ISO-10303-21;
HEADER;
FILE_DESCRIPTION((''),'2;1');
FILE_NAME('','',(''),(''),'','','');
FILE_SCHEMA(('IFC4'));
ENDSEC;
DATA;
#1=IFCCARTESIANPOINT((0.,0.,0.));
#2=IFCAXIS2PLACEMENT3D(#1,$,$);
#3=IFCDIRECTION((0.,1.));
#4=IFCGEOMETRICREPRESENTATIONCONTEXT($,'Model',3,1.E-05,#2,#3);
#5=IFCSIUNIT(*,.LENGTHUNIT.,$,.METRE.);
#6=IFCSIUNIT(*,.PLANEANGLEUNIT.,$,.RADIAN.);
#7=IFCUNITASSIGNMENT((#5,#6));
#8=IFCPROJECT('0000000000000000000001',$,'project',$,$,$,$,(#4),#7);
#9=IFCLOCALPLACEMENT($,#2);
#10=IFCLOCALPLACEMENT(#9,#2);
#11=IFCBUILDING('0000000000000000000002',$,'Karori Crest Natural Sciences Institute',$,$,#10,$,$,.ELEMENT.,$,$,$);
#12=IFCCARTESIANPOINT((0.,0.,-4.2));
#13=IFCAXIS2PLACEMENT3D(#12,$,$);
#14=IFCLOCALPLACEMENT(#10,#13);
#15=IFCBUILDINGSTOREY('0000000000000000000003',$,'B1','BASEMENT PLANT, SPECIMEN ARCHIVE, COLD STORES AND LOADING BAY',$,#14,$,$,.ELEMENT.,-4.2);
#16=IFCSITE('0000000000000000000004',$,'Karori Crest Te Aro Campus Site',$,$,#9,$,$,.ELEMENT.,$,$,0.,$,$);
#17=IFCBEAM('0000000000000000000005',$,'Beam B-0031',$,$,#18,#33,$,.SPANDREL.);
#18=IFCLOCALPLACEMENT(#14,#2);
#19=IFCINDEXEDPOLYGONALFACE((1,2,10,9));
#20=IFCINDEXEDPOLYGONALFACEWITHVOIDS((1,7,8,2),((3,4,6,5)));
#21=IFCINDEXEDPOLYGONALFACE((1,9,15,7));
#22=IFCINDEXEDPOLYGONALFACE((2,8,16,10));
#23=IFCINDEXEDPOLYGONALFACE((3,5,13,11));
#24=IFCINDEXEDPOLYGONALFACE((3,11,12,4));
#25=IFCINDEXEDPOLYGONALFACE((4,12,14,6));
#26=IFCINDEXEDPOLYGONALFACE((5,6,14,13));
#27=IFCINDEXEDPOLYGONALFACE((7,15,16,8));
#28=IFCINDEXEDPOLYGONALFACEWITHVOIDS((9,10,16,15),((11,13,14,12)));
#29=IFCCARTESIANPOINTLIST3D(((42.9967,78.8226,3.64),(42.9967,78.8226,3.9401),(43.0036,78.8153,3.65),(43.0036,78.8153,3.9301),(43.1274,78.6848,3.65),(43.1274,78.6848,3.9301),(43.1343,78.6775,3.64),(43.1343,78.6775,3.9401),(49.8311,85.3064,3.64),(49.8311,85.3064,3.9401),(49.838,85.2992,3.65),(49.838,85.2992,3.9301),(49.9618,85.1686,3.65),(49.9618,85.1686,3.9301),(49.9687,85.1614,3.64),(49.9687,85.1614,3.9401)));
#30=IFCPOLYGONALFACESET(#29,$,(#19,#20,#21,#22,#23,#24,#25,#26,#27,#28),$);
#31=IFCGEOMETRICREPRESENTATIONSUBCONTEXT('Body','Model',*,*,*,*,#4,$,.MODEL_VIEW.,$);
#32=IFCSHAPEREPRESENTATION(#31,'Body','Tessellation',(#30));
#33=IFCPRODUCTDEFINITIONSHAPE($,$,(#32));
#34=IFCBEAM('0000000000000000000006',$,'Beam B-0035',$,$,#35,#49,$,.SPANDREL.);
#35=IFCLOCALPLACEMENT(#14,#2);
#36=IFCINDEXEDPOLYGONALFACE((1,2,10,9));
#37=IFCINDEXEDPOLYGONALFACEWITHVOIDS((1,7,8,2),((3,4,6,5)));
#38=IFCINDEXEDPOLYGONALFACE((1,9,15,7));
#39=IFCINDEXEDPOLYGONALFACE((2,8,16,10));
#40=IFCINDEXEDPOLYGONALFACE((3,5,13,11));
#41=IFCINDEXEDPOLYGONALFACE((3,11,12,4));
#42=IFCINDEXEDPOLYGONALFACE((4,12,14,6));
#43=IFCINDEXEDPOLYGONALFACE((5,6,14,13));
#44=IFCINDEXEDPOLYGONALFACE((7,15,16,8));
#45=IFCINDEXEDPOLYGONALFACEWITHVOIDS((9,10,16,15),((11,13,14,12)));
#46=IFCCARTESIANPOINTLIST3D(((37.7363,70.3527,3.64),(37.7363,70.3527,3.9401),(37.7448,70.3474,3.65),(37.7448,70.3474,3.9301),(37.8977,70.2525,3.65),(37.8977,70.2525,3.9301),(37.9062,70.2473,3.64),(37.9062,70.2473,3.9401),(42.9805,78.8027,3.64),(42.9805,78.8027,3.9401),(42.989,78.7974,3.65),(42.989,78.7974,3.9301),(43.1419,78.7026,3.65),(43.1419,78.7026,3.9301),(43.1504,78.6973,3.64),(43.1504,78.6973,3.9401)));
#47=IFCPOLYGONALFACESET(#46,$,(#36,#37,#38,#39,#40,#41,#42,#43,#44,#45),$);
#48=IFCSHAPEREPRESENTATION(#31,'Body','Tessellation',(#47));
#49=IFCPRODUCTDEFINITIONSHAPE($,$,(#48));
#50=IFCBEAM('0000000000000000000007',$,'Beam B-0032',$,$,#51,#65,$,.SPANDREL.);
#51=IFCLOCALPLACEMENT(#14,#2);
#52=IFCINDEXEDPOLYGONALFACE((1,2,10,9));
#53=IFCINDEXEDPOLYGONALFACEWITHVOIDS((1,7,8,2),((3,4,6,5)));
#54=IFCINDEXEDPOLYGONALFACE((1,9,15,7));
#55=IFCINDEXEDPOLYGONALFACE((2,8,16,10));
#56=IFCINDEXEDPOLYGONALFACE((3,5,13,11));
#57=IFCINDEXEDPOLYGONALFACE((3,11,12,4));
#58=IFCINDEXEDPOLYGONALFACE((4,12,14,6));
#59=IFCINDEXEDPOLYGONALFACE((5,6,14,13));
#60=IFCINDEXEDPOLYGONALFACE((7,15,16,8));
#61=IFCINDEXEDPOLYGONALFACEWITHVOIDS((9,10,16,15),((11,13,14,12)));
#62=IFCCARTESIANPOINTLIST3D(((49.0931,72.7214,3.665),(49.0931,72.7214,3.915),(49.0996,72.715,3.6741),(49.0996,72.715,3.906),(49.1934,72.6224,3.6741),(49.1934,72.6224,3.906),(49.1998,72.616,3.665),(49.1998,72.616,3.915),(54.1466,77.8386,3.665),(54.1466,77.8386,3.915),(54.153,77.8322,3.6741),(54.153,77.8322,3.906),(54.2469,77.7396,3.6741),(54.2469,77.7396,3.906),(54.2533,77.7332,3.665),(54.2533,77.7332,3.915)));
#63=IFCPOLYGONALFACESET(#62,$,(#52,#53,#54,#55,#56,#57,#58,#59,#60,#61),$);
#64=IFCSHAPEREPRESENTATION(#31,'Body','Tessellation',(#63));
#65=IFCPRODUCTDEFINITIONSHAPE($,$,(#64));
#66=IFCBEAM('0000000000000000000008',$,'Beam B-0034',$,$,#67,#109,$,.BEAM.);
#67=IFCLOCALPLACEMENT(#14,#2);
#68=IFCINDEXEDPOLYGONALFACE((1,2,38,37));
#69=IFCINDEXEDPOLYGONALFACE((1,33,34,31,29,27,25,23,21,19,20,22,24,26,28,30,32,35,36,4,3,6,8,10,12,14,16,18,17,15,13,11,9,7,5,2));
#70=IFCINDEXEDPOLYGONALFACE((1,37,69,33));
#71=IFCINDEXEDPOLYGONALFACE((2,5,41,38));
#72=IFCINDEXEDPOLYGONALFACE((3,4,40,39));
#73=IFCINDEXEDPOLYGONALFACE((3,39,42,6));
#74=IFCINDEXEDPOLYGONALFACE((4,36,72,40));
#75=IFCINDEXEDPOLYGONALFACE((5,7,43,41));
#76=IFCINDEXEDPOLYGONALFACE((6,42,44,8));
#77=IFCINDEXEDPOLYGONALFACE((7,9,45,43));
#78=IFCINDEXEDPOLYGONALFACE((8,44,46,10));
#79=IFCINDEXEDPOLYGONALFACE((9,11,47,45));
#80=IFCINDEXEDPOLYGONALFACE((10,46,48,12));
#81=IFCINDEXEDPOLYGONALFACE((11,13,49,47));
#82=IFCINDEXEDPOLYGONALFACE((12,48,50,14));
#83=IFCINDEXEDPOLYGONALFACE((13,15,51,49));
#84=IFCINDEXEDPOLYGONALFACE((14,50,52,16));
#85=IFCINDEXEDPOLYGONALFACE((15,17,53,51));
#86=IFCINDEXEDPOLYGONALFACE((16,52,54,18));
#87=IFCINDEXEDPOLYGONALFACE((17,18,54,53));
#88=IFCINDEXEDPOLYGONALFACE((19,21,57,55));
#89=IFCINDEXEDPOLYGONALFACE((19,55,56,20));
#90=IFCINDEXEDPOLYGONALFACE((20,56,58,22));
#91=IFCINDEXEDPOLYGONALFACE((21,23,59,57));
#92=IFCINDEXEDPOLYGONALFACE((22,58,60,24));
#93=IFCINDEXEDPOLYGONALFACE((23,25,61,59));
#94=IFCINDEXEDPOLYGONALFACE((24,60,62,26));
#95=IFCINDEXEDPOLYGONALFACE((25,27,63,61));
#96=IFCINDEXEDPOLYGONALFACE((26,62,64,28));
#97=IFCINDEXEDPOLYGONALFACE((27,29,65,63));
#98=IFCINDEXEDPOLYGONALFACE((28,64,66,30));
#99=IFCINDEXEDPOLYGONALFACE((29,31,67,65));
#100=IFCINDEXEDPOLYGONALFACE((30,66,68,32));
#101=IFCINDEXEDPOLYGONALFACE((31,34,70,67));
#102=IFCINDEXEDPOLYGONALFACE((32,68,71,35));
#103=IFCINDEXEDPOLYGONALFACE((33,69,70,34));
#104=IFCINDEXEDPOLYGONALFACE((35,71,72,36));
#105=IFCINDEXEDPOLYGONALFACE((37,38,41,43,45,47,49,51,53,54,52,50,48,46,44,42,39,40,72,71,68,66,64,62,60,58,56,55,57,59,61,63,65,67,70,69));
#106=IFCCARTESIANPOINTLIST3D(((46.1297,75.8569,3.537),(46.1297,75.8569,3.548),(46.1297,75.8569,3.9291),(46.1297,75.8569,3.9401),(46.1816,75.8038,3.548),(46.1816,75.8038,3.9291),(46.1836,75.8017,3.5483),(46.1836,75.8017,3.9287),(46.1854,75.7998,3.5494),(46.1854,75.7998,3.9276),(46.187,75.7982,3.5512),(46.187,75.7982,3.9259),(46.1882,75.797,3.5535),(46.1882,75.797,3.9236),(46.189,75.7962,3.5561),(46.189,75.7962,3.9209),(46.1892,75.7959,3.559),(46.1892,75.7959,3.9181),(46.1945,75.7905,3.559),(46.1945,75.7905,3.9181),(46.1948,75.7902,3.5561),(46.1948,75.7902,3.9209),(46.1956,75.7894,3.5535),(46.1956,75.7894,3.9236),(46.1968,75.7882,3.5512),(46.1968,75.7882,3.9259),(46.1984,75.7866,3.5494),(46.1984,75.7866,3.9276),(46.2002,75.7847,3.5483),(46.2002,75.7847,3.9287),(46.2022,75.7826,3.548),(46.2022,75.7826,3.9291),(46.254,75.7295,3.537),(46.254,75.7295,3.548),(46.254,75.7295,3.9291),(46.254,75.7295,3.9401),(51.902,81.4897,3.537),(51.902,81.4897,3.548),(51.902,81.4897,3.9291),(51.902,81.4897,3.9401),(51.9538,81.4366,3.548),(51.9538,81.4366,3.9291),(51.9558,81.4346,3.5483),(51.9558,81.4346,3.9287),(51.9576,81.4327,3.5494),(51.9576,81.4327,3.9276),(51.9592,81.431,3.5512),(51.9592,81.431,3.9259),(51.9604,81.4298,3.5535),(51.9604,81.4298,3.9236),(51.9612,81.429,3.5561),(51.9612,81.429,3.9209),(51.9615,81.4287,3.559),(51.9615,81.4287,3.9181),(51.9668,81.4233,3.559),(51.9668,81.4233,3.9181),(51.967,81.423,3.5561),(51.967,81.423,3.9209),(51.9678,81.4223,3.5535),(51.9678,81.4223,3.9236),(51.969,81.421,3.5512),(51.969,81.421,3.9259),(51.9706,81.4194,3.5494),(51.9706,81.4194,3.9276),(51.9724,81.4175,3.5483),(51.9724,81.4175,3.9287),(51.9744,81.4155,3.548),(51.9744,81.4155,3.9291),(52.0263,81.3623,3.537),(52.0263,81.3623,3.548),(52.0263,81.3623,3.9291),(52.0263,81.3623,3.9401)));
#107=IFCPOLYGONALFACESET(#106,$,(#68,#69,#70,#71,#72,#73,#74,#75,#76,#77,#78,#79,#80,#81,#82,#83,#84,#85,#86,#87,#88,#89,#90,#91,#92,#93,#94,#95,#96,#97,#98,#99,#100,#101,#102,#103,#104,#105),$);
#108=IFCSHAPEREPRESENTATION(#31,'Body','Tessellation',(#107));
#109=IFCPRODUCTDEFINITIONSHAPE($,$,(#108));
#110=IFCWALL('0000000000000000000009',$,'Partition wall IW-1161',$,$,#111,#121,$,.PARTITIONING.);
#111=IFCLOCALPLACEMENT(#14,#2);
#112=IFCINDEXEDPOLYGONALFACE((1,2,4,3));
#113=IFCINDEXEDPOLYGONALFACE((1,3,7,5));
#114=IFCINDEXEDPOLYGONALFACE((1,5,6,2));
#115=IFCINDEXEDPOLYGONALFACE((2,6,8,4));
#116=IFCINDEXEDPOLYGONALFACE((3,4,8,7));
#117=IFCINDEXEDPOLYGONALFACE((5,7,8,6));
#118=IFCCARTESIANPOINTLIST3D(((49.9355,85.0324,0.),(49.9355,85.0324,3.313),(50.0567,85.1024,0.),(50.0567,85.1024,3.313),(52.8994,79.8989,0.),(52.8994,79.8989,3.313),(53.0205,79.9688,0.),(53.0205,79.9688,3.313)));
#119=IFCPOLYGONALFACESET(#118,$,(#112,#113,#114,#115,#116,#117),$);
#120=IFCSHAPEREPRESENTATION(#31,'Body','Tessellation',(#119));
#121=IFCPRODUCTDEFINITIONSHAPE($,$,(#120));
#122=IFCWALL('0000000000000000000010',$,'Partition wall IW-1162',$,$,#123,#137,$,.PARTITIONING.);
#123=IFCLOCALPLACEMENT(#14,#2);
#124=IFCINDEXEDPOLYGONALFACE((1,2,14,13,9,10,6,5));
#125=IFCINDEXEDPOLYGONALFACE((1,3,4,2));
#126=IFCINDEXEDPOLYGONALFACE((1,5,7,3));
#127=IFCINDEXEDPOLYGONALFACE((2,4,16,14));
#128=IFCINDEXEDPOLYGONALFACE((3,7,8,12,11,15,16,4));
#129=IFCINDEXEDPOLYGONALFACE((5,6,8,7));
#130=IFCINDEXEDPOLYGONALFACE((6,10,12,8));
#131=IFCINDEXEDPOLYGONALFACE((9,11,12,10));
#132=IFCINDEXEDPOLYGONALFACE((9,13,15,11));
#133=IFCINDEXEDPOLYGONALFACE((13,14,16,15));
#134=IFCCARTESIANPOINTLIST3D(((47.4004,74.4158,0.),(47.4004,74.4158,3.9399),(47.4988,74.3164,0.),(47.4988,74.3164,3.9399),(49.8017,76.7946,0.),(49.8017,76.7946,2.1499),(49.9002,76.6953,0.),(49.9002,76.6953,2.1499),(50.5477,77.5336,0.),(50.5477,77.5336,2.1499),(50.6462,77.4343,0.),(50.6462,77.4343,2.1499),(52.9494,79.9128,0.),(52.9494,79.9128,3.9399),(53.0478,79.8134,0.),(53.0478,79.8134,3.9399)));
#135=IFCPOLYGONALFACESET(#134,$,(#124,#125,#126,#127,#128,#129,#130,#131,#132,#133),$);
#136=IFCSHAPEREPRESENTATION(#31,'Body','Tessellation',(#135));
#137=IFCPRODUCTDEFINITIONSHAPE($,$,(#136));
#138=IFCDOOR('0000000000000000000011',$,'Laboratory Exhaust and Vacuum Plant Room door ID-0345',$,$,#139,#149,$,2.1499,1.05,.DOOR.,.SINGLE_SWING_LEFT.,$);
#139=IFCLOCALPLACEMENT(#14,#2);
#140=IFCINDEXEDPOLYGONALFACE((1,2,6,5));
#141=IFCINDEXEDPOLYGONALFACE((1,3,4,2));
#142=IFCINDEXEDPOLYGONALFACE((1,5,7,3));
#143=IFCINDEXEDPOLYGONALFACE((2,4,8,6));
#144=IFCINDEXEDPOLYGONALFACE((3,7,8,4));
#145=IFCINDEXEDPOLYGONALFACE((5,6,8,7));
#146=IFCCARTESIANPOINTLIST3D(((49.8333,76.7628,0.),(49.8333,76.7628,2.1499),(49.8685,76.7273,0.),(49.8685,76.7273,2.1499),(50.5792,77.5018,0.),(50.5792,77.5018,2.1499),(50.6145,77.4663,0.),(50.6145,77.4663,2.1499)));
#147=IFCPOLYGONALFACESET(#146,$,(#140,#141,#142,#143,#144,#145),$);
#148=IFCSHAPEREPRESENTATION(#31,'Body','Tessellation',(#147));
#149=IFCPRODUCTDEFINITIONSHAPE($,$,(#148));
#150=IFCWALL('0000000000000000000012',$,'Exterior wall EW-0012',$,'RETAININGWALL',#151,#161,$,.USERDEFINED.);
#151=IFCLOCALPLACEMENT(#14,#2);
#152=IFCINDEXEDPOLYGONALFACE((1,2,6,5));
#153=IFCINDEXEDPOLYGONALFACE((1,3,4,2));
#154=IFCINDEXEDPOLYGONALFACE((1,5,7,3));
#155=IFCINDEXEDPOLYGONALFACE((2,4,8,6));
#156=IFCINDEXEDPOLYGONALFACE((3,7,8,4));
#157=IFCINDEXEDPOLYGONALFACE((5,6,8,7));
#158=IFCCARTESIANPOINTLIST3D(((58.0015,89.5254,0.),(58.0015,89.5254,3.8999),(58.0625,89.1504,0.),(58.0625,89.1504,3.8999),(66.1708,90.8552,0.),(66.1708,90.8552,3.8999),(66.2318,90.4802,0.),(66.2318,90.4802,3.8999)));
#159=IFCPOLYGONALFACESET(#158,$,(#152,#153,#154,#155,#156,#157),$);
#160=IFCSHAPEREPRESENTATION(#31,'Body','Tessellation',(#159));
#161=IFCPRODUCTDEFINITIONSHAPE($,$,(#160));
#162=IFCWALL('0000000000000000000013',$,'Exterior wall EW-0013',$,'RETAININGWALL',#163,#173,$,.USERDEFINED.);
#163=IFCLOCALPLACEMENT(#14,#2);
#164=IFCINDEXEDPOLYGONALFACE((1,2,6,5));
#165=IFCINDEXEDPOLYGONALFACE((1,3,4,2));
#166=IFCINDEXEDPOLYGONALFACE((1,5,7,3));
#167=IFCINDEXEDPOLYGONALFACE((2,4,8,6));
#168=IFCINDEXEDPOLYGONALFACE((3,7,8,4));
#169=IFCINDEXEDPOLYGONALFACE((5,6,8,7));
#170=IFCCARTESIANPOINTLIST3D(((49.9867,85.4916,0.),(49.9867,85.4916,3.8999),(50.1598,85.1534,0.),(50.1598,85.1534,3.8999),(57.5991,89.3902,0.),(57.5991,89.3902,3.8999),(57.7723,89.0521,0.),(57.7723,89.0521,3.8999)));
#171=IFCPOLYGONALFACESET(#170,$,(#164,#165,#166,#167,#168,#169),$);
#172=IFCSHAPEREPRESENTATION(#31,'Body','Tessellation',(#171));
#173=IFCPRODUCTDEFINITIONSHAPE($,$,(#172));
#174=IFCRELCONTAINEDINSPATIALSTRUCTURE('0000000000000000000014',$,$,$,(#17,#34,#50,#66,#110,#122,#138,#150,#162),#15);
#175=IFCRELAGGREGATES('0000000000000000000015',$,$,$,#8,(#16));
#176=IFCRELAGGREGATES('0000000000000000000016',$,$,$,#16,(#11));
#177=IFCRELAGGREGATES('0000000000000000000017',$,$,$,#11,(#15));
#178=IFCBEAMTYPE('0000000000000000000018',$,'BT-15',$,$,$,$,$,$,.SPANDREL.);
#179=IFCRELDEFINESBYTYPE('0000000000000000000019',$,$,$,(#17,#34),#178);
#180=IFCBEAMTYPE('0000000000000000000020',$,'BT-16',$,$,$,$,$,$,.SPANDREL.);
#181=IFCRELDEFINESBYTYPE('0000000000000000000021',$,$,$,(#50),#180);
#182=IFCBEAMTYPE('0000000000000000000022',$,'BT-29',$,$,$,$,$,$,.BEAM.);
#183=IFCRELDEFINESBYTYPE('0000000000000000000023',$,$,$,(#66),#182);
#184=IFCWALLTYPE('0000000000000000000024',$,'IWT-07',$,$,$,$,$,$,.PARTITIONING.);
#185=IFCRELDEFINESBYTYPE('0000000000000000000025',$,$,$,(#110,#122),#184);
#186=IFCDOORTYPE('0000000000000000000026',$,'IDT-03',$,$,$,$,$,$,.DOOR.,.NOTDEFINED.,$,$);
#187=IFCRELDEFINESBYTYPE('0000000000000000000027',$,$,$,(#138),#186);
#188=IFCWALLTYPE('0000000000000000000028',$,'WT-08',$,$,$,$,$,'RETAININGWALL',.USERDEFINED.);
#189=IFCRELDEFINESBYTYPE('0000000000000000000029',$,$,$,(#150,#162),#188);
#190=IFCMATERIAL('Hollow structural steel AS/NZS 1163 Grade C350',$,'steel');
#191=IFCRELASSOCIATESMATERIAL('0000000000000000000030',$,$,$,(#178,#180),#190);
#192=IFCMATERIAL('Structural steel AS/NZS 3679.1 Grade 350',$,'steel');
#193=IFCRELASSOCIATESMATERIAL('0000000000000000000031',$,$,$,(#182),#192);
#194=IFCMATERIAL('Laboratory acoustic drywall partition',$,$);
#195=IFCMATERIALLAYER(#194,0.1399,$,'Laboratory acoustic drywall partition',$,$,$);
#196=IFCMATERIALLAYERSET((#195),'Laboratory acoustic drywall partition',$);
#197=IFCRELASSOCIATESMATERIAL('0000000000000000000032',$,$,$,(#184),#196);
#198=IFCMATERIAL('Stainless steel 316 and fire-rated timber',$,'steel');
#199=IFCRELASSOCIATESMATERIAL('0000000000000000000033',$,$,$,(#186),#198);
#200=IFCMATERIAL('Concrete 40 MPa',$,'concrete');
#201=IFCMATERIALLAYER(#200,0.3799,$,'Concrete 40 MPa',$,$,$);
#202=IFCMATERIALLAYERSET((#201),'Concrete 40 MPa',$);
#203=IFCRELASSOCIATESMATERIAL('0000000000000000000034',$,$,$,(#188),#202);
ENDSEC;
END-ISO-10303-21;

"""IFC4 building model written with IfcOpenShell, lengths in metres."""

from ifc_helpers import new_model, si_unit, direction, frame, frame_2d, origin, origin_2d, place, context, subcontext, project, spatial, rectangle, hollow_rectangle, i_section, extrude, material, layer, layer_set, material_profile, profile_set, type_object, element, fill, save


model = new_model("IFC4")

# Units and contexts
model_context = context("Model", 3, precision=1e-05, world=origin(), true_north=direction((0.0, 1.0)))
body_context = subcontext(model_context, "Body", "Model", "MODEL_VIEW")
ifc_project = project(units=[si_unit("LENGTHUNIT", "METRE"), si_unit("PLANEANGLEUNIT", "RADIAN")], contexts=[model_context])

# Site, building, storey
site_placement = place(None, origin())
site = spatial("IfcSite", under=ifc_project, at=site_placement, Name="Karori Crest Te Aro Campus Site", CompositionType="ELEMENT", RefElevation=0.0)
building_placement = place(site_placement, origin())
building = spatial("IfcBuilding", under=site, at=building_placement, Name="Karori Crest Natural Sciences Institute", CompositionType="ELEMENT")
storey_placement = place(building_placement, frame((0.0, 0.0, -4.2)))
storey = spatial("IfcBuildingStorey", under=building, at=storey_placement, Name="B1", Description="BASEMENT PLANT, SPECIMEN ARCHIVE, COLD STORES AND LOADING BAY", CompositionType="ELEMENT", Elevation=-4.2)

# Shared definitions
ifc_material_1 = material(Name="Concrete 40 MPa", Category="concrete")

# Shared definitions
ifc_material_2 = material(Name="Structural steel AS/NZS 3679.1 Grade 350", Category="steel")
ifc_material_3 = material(Name="Hollow structural steel AS/NZS 1163 Grade C350", Category="steel")

# Beams
ifc_material_profile_1 = material_profile(ifc_material_3, hollow_rectangle(XDim=0.2, YDim=0.3, WallThickness=0.01, at=origin_2d()), Name="RHS300x200x10")
ifc_profile_set_1 = profile_set([ifc_material_profile_1], Name="Hollow structural steel AS/NZS 1163 Grade C350")
beam_type_1 = type_object("IfcBeamType", Name="BT-15", PredefinedType="SPANDREL", material=ifc_profile_set_1)
beam_1_placement = place(storey_placement, frame((49.8999, 85.2339, 3.79), z_axis=(-0.725469, -0.688255, 0.0), x_axis=(0.688255, -0.725469, 0.0)))
element("IfcBeam", 1, at=beam_1_placement, inside=storey, type_object=beam_type_1, Name="Beam B-0031", PredefinedType="SPANDREL", context=body_context, shape_type="SweptSolid", body=[
    extrude(hollow_rectangle(XDim=0.2, YDim=0.3, WallThickness=0.01, at=origin_2d()), origin(), (0.0, 0.0, 1.0), 9.4207),
])
beam_2_placement = place(storey_placement, frame((43.0654, 78.75, 3.79), z_axis=(-0.527315, -0.84967, 0.0), x_axis=(0.84967, -0.527315, 0.0)))
element("IfcBeam", 2, at=beam_2_placement, inside=storey, type_object=beam_type_1, Name="Beam B-0035", PredefinedType="SPANDREL", context=body_context, shape_type="SweptSolid", body=[
    extrude(hollow_rectangle(XDim=0.2, YDim=0.3, WallThickness=0.01, at=origin_2d()), origin(), (0.0, 0.0, 1.0), 9.9451),
])
ifc_material_profile_2 = material_profile(ifc_material_3, hollow_rectangle(XDim=0.1499, YDim=0.25, WallThickness=0.009, at=origin_2d()), Name="RHS250x150x9")
ifc_profile_set_2 = profile_set([ifc_material_profile_2], Name="Hollow structural steel AS/NZS 1163 Grade C350")
beam_type_2 = type_object("IfcBeamType", Name="BT-16", PredefinedType="SPANDREL", material=ifc_profile_set_2)
beam_3_placement = place(storey_placement, frame((54.2, 77.7859, 3.79), z_axis=(-0.702663, -0.711523, 0.0), x_axis=(0.711523, -0.702663, 0.0)))
element("IfcBeam", 3, at=beam_3_placement, inside=storey, type_object=beam_type_2, Name="Beam B-0032", PredefinedType="SPANDREL", context=body_context, shape_type="SweptSolid", body=[
    extrude(hollow_rectangle(XDim=0.1499, YDim=0.25, WallThickness=0.009, at=origin_2d()), origin(), (0.0, 0.0, 1.0), 7.1919),
])
ifc_material_profile_3 = material_profile(ifc_material_2, i_section(OverallWidth=0.178, OverallDepth=0.4031, WebThickness=0.0076, FlangeThickness=0.011, FilletRadius=0.011, at=origin_2d()), Name="410UB53.7")
ifc_profile_set_3 = profile_set([ifc_material_profile_3], Name="Structural steel AS/NZS 3679.1 Grade 350")
beam_type_3 = type_object("IfcBeamType", Name="BT-29", PredefinedType="BEAM", material=ifc_profile_set_3)
beam_4_placement = place(storey_placement, frame((51.9641, 81.426, 3.7385), z_axis=(-0.715696, -0.698412, 0.0), x_axis=(0.698412, -0.715696, 0.0)))
element("IfcBeam", 4, at=beam_4_placement, inside=storey, type_object=beam_type_3, Name="Beam B-0034", PredefinedType="BEAM", context=body_context, shape_type="SweptSolid", body=[
    extrude(i_section(OverallWidth=0.178, OverallDepth=0.4031, WebThickness=0.0076, FlangeThickness=0.011, FilletRadius=0.011, at=origin_2d()), origin(), (0.0, 0.0, 1.0), 8.0652),
])

# Wall
ifc_material_4 = material(Name="Laboratory acoustic drywall partition")
ifc_layer_1 = layer(ifc_material_4, 0.1399, Name="Laboratory acoustic drywall partition")
ifc_layer_set_1 = layer_set([ifc_layer_1], Name="Laboratory acoustic drywall partition")
wall_type_1 = type_object("IfcWallType", Name="IWT-07", PredefinedType="PARTITIONING", material=ifc_layer_set_1)
wall_1_placement = place(storey_placement, frame((52.96, 79.9338, 0.0), z_axis=(0.0, 0.0, 1.0), x_axis=(-0.500002, 0.866024, 0.0)))
element("IfcWall", 5, at=wall_1_placement, inside=storey, type_object=wall_type_1, Name="Partition wall IW-1161", PredefinedType="PARTITIONING", context=body_context, shape_type="SweptSolid", body=[
    extrude(rectangle(XDim=5.9277, YDim=0.1399, at=frame_2d((2.9639, 0.0))), origin(), (0.0, 0.0, 1.0), 3.313),
])

# Wall, opening, door
wall_2_placement = place(storey_placement, frame((52.9985, 79.863, 0.0), z_axis=(0.0, 0.0, 1.0), x_axis=(-0.710428, -0.70377, 0.0)))
wall_2 = element("IfcWall", 6, at=wall_2_placement, inside=storey, type_object=wall_type_1, Name="Partition wall IW-1162", PredefinedType="PARTITIONING", context=body_context, shape_type="SweptSolid", body=[
    extrude(rectangle(XDim=7.8108, YDim=0.1399, at=frame_2d((3.9053, 0.0))), origin(), (0.0, 0.0, 1.0), 3.9399),
])
opening_placement = place(wall_2_placement, frame((3.3806, 0.0, 0.0)))
opening = element("IfcOpeningElement", 7, at=opening_placement, cuts=wall_2, PredefinedType="OPENING", context=body_context, shape_type="SweptSolid", body=[
    extrude(rectangle(XDim=1.05, YDim=2.1499, at=frame_2d((0.5249, 1.075))), frame((0.0, 0.0801, 0.0), z_axis=(0.0, -1.0, 0.0), x_axis=(1.0, 0.0, 0.0)), (0.0, 0.0, 1.0), 0.1599),
])
ifc_material_5 = material(Name="Stainless steel 316 and fire-rated timber", Category="steel")
door_type = type_object("IfcDoorType", Name="IDT-03", OperationType="NOTDEFINED", PredefinedType="DOOR", material=ifc_material_5)
door_placement = place(opening_placement, origin())
door = element("IfcDoor", 8, at=door_placement, inside=storey, type_object=door_type, Name="Laboratory Exhaust and Vacuum Plant Room door ID-0345", OperationType="SINGLE_SWING_LEFT", OverallHeight=2.1499, OverallWidth=1.05, PredefinedType="DOOR", context=body_context, shape_type="SweptSolid", body=[
    extrude(rectangle(XDim=1.05, YDim=2.1499, at=frame_2d((0.5249, 1.075))), frame((0.0, 0.0249, 0.0), z_axis=(0.0, -1.0, 0.0), x_axis=(1.0, 0.0, 0.0)), (0.0, 0.0, 1.0), 0.05),
])
fill(opening, door)

# Walls
ifc_layer_2 = layer(ifc_material_1, 0.3799, Name="Concrete 40 MPa")
ifc_layer_set_2 = layer_set([ifc_layer_2], Name="Concrete 40 MPa")
wall_type_2 = type_object("IfcWallType", Name="WT-08", ElementType="RETAININGWALL", PredefinedType="USERDEFINED", material=ifc_layer_set_2)
wall_3_placement = place(storey_placement, frame((58.032, 89.3379, 0.0), z_axis=(0.0, 0.0, 1.0), x_axis=(0.987009, 0.160667, 0.0)))
element("IfcWall", 9, at=wall_3_placement, inside=storey, type_object=wall_type_2, Name="Exterior wall EW-0012", ObjectType="RETAININGWALL", PredefinedType="USERDEFINED", context=body_context, shape_type="SweptSolid", body=[
    extrude(rectangle(XDim=8.2769, YDim=0.3799, at=frame_2d((4.1384, 0.0))), origin(), (0.0, 0.0, 1.0), 3.8999),
])
wall_4_placement = place(storey_placement, frame((50.0732, 85.3225, 0.0), z_axis=(0.0, 0.0, 1.0), x_axis=(0.890064, 0.455836, 0.0)))
element("IfcWall", 10, at=wall_4_placement, inside=storey, type_object=wall_type_2, Name="Exterior wall EW-0013", ObjectType="RETAININGWALL", PredefinedType="USERDEFINED", context=body_context, shape_type="SweptSolid", body=[
    extrude(rectangle(XDim=8.5527, YDim=0.3799, at=frame_2d((4.2764, 0.0))), origin(), (0.0, 0.0, 1.0), 3.8999),
])

save(model, "model.ifc")
